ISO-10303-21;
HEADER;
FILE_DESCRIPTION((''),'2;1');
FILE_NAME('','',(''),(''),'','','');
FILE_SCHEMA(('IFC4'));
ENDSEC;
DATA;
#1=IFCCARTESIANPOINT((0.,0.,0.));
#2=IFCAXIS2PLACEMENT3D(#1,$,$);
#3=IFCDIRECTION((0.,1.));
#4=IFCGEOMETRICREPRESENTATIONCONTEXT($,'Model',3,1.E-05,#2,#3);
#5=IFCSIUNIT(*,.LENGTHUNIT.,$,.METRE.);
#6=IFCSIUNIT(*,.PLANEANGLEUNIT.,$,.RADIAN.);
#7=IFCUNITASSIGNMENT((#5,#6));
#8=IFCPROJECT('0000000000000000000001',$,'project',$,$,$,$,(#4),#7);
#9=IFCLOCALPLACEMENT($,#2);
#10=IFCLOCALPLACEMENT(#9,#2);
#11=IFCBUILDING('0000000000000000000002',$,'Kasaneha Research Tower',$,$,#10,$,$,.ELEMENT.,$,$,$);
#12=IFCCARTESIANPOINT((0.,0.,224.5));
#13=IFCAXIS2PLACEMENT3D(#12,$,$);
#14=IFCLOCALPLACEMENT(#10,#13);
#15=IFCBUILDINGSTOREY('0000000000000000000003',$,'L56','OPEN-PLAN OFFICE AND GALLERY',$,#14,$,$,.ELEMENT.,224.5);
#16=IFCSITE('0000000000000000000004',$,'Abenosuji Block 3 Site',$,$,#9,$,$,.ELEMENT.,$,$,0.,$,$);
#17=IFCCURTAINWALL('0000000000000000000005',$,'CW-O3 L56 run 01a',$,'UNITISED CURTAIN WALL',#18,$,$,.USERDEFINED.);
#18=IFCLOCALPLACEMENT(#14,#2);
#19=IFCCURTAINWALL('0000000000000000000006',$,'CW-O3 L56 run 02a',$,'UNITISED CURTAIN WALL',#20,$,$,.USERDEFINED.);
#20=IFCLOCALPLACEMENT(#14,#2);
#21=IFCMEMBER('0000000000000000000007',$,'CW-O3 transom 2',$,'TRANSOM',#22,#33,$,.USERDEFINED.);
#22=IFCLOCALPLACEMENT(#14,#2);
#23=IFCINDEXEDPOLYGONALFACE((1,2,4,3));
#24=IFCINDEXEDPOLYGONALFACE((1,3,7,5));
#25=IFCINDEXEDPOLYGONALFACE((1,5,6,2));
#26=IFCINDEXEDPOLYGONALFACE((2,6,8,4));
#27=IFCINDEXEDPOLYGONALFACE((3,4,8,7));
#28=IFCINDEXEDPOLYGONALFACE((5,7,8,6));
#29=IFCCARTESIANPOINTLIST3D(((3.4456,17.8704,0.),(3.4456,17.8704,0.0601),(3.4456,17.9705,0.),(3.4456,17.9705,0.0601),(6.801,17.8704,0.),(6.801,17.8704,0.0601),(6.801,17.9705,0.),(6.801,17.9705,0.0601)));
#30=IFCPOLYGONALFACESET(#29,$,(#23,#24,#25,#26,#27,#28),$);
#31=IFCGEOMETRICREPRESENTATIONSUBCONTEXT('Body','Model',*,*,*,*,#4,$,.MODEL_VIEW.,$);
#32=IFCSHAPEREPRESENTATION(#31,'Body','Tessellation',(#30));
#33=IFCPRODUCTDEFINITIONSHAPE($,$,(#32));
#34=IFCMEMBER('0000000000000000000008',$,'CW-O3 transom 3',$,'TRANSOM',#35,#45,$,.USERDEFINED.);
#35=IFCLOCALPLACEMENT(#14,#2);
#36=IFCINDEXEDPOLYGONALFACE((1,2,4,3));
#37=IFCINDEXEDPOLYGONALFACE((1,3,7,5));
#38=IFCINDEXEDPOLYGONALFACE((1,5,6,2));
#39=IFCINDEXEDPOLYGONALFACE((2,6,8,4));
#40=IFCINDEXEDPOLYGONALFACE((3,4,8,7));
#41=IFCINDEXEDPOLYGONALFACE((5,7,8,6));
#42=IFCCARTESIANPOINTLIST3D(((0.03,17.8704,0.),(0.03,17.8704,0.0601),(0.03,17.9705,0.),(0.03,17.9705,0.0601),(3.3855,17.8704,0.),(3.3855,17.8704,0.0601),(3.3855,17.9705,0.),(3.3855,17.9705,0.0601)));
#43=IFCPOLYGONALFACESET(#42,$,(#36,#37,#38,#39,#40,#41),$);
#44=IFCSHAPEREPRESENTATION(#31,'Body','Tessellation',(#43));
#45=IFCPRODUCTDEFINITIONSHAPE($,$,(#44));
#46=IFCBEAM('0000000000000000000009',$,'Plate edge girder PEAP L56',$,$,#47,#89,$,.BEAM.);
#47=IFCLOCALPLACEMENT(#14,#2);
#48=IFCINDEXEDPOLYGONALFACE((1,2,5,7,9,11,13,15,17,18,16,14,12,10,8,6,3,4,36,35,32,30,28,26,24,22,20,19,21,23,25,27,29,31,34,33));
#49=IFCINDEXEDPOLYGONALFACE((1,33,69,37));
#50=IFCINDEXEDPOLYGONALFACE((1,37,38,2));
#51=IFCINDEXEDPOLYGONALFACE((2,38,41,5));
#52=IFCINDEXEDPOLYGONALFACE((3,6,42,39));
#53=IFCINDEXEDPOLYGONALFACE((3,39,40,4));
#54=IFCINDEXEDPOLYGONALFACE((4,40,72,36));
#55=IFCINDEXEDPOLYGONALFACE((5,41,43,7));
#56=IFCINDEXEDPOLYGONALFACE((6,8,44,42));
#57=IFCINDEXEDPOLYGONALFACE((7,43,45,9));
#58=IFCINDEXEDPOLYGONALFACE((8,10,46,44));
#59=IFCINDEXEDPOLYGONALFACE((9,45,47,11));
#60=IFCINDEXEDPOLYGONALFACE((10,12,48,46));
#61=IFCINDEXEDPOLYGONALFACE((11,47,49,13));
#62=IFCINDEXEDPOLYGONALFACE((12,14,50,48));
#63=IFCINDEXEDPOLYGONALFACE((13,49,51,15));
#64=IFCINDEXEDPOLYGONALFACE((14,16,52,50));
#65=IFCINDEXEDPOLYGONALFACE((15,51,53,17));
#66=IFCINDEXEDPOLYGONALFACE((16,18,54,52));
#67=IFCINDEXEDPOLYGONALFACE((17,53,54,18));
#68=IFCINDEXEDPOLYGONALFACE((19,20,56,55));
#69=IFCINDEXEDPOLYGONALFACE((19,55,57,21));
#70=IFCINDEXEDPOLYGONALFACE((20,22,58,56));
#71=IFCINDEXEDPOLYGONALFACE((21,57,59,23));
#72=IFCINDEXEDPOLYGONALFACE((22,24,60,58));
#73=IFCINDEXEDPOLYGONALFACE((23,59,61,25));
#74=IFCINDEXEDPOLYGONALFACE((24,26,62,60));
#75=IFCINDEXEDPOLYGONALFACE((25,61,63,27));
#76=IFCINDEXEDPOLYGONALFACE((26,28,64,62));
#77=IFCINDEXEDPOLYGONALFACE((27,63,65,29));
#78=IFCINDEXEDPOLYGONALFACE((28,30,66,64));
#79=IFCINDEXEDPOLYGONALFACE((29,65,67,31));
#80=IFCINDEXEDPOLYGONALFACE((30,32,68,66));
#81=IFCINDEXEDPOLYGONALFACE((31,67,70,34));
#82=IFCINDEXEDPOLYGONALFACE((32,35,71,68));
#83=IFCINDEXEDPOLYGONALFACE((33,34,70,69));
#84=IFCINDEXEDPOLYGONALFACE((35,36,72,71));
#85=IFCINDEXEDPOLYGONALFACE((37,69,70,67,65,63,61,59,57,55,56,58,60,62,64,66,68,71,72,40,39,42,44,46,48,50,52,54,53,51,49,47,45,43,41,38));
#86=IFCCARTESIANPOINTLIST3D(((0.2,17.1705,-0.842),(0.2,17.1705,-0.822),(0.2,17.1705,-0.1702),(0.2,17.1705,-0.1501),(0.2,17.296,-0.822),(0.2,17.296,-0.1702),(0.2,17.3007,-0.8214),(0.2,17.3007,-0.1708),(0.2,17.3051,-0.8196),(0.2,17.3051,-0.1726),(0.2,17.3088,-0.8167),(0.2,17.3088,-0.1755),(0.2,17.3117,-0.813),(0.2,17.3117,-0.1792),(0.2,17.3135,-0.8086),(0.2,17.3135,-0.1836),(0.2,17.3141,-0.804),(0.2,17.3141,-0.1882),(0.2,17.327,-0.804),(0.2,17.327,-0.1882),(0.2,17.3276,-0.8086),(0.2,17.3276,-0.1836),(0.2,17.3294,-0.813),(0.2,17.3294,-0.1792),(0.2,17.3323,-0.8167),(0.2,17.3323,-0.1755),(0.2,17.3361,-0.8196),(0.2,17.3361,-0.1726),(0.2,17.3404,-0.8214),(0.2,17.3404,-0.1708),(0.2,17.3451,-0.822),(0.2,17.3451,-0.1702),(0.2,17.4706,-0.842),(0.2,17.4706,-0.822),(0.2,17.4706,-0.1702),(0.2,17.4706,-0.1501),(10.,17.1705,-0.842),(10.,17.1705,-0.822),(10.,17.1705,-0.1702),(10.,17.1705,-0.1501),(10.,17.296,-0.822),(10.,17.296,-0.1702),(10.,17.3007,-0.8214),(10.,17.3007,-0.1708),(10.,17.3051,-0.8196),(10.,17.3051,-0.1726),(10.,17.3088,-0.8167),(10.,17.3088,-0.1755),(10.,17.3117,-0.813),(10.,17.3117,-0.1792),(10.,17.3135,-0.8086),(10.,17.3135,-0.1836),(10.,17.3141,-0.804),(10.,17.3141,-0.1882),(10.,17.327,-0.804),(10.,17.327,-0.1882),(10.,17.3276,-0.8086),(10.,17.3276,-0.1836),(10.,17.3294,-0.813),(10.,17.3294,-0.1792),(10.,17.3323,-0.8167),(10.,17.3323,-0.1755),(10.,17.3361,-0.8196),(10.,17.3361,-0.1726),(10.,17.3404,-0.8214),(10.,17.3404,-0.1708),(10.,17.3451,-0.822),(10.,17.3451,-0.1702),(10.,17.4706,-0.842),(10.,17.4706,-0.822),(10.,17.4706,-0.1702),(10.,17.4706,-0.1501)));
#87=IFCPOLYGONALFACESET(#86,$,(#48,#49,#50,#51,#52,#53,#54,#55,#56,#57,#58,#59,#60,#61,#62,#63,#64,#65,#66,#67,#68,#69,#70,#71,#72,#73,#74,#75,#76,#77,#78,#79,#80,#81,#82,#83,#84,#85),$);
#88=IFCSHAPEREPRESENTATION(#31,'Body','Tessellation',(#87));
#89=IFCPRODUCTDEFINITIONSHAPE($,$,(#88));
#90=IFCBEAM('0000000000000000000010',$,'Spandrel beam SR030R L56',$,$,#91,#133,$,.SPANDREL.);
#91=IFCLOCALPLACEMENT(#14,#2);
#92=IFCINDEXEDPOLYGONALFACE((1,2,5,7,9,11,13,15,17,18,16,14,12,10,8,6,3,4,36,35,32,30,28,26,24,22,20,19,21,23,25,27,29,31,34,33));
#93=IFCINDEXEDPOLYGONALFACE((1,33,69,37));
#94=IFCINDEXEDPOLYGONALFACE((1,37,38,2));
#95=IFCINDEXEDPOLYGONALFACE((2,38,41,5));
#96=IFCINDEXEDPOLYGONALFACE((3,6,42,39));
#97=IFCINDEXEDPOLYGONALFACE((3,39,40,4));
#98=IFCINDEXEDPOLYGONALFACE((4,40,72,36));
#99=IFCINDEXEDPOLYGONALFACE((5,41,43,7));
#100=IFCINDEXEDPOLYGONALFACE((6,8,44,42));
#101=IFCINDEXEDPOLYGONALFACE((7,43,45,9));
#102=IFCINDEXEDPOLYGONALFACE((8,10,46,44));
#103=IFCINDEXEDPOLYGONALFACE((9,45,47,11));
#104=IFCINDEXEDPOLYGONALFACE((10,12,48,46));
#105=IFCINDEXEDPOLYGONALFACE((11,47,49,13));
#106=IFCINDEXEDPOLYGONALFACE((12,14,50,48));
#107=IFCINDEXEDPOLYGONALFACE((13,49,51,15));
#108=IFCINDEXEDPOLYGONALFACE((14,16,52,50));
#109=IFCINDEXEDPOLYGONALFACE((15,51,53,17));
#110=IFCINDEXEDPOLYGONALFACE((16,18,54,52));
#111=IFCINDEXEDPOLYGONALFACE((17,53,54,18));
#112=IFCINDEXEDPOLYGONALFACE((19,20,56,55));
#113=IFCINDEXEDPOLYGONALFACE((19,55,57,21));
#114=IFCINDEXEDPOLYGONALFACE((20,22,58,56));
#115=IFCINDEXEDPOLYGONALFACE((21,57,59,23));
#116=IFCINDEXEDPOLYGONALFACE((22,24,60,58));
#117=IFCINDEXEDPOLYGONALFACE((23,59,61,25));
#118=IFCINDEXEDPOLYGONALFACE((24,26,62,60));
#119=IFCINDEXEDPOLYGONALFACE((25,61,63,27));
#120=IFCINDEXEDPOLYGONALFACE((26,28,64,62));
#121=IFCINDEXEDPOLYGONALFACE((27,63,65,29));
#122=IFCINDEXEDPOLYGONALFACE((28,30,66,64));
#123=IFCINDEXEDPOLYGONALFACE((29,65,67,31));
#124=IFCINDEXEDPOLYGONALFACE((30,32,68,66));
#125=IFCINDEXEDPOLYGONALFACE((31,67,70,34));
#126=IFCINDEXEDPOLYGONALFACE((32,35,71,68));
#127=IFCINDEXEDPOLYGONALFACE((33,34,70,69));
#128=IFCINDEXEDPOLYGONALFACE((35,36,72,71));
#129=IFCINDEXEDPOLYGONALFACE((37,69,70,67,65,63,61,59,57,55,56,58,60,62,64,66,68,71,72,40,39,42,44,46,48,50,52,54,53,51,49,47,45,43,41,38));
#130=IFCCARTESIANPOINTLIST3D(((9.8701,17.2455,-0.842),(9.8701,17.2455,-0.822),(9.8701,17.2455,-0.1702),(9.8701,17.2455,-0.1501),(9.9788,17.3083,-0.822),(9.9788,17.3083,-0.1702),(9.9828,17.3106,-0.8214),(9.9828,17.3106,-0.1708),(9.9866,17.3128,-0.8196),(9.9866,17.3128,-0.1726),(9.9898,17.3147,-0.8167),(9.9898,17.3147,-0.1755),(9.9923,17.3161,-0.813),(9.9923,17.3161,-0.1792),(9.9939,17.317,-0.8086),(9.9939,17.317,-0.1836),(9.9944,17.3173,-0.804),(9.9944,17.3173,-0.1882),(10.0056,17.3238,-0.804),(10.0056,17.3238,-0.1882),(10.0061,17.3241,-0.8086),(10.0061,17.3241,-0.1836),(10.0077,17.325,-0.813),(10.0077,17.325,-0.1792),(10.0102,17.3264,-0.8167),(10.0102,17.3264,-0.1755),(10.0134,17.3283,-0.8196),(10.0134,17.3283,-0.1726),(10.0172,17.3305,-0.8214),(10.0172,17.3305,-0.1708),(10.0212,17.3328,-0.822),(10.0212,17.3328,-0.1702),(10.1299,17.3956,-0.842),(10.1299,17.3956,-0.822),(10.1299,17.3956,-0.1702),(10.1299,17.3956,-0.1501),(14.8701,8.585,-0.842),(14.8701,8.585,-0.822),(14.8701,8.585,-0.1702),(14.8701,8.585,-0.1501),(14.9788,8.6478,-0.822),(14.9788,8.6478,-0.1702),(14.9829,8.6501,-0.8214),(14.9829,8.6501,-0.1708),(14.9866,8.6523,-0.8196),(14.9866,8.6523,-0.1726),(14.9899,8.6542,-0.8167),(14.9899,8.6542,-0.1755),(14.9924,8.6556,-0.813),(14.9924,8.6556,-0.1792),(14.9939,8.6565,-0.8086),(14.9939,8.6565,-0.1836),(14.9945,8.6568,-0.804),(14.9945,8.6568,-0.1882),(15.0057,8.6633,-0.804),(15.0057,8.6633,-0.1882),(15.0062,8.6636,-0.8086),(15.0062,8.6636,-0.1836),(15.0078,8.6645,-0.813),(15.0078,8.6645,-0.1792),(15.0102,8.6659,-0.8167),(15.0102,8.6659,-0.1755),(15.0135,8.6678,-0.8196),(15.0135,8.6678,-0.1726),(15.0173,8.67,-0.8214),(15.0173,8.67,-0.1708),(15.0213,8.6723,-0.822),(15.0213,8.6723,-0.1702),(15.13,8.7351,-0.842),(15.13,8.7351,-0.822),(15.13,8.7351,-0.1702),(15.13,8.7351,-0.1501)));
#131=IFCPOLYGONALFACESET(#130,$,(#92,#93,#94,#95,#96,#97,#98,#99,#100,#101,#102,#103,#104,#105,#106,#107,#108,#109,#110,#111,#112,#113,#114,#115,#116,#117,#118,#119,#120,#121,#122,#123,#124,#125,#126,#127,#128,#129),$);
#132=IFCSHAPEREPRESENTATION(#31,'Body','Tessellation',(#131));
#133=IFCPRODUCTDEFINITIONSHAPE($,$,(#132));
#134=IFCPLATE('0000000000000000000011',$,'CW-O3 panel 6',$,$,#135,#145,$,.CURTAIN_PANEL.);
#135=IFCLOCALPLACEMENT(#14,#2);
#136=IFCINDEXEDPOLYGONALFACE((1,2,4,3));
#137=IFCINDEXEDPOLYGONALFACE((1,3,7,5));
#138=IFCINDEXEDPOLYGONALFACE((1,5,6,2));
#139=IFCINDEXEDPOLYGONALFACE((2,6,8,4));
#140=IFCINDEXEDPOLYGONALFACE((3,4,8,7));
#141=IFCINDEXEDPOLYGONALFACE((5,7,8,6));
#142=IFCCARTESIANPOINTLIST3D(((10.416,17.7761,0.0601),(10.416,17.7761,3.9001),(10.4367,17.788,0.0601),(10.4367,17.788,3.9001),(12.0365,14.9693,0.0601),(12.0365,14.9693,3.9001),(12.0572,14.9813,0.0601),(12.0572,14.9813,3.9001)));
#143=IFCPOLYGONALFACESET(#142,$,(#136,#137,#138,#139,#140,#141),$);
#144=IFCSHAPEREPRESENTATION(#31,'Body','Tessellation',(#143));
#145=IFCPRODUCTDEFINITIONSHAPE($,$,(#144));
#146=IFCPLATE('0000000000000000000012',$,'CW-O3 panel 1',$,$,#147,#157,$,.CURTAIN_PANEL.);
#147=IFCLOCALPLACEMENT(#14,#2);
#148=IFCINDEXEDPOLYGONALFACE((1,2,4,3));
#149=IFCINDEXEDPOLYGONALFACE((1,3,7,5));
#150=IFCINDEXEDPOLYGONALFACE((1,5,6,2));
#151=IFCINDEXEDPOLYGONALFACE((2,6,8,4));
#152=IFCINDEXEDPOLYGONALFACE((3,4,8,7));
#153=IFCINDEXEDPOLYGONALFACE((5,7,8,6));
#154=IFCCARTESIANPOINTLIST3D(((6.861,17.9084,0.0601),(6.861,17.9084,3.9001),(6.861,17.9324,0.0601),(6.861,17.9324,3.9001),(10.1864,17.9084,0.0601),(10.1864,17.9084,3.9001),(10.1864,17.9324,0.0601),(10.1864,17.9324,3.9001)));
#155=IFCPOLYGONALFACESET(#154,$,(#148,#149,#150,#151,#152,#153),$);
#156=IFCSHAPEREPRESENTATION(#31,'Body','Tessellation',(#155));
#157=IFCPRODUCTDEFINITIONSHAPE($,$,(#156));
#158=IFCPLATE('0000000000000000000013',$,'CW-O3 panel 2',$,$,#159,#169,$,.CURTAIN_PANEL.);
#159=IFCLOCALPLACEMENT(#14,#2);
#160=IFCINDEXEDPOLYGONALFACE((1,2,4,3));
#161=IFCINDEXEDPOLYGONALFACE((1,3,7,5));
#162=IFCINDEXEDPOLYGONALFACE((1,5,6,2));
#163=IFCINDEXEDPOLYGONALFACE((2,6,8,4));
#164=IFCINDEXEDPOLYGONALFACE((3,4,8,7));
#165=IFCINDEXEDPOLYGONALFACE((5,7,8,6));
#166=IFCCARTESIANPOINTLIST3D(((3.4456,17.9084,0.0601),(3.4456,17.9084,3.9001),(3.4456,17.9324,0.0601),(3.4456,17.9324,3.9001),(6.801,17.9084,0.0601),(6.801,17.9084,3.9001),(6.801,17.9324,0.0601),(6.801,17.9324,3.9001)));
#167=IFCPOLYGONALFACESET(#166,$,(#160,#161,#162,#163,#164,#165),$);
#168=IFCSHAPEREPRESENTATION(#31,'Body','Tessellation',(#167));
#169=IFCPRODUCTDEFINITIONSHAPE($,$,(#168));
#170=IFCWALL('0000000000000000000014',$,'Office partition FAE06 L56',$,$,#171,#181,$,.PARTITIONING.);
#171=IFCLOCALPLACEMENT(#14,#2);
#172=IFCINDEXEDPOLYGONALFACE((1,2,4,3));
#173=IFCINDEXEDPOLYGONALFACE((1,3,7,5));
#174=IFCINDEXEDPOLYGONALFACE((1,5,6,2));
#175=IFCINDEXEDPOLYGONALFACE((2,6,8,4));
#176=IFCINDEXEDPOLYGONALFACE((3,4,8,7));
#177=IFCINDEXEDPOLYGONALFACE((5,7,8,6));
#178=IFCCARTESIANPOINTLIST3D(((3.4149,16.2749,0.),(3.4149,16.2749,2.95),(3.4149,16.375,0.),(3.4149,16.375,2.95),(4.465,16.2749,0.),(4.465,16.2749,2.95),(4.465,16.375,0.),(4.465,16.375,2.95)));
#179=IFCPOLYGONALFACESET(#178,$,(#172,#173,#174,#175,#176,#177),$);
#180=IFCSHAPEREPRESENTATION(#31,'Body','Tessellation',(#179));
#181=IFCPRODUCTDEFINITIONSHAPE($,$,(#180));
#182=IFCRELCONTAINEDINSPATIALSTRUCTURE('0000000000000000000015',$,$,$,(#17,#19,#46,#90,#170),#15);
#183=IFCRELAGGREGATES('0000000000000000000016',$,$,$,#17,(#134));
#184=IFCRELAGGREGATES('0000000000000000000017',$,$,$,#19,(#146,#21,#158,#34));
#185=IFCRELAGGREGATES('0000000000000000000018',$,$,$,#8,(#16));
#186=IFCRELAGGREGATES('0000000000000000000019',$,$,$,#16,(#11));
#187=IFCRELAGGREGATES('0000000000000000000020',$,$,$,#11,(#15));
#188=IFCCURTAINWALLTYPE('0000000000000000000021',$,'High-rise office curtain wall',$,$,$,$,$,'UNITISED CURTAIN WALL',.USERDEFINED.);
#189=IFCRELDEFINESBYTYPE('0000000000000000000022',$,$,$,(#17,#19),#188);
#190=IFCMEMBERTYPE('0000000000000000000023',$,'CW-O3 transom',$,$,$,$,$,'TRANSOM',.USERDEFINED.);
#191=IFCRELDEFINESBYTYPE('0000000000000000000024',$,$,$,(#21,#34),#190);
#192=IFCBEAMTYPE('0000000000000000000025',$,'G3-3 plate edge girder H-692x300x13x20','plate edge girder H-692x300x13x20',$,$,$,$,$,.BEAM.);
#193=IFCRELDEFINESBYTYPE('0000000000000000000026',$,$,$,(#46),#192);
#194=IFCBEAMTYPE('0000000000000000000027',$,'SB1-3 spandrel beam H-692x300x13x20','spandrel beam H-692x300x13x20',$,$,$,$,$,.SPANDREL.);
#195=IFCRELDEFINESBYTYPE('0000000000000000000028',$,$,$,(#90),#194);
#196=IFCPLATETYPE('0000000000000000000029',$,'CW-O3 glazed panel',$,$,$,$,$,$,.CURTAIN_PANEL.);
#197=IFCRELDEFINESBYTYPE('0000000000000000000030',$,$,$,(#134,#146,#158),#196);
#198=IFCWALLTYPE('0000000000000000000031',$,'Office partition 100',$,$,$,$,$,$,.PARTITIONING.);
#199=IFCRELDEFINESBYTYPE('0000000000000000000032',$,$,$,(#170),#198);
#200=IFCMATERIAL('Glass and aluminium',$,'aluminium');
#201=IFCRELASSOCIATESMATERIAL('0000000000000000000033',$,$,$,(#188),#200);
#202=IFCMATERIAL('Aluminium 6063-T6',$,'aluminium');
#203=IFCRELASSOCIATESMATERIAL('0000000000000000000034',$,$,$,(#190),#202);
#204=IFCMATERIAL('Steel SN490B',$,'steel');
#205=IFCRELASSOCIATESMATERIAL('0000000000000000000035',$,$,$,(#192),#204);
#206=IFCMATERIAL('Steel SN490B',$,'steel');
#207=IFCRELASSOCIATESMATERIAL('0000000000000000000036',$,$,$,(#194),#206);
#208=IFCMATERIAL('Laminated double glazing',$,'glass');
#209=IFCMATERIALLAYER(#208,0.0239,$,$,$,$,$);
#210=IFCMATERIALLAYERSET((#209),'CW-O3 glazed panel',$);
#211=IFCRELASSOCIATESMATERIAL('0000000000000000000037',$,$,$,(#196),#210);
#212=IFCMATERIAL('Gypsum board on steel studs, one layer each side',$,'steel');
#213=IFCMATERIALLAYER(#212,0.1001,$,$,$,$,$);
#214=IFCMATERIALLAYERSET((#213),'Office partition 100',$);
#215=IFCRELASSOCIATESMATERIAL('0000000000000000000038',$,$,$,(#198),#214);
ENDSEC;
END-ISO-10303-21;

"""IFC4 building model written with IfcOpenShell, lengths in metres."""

from ifc_helpers import new_model, si_unit, direction, frame, frame_2d, origin, origin_2d, place, context, subcontext, project, spatial, rectangle, i_section, extrude, material, layer, layer_set, material_profile, profile_set, type_object, element, aggregate, save


model = new_model("IFC4")

# Units and contexts
model_context = context("Model", 3, precision=1e-05, world=origin(), true_north=direction((0.0, 1.0)))
body_context = subcontext(model_context, "Body", "Model", "MODEL_VIEW")
ifc_project = project(units=[si_unit("LENGTHUNIT", "METRE"), si_unit("PLANEANGLEUNIT", "RADIAN")], contexts=[model_context])

# Site, building, storey
site_placement = place(None, origin())
site = spatial("IfcSite", under=ifc_project, at=site_placement, Name="Abenosuji Block 3 Site", CompositionType="ELEMENT", RefElevation=0.0)
building_placement = place(site_placement, origin())
building = spatial("IfcBuilding", under=site, at=building_placement, Name="Kasaneha Research Tower", CompositionType="ELEMENT")
storey_placement = place(building_placement, frame((0.0, 0.0, 224.5)))
storey = spatial("IfcBuildingStorey", under=building, at=storey_placement, Name="L56", Description="OPEN-PLAN OFFICE AND GALLERY", CompositionType="ELEMENT", Elevation=224.5)

# Curtain wall
ifc_material_1 = material(Name="Glass and aluminium", Category="aluminium")
curtain_wall_type = type_object("IfcCurtainWallType", Name="High-rise office curtain wall", ElementType="UNITISED CURTAIN WALL", PredefinedType="USERDEFINED", material=ifc_material_1)
curtain_wall_1_placement = place(storey_placement, origin())
curtain_wall_1 = element("IfcCurtainWall", 1, at=curtain_wall_1_placement, inside=storey, type_object=curtain_wall_type, Name="CW-O3 L56 run 01a", ObjectType="UNITISED CURTAIN WALL", PredefinedType="USERDEFINED")

# Curtain wall, members
curtain_wall_2_placement = place(storey_placement, origin())
curtain_wall_2 = element("IfcCurtainWall", 2, at=curtain_wall_2_placement, inside=storey, type_object=curtain_wall_type, Name="CW-O3 L56 run 02a", ObjectType="UNITISED CURTAIN WALL", PredefinedType="USERDEFINED")
ifc_material_2 = material(Name="Aluminium 6063-T6", Category="aluminium")
ifc_material_profile_1 = material_profile(ifc_material_2, rectangle(XDim=0.1001, YDim=0.0601, at=origin_2d()), Name="CW-O3 transom 100x60")
ifc_profile_set_1 = profile_set([ifc_material_profile_1], Name="Aluminium 6063-T6")
member_type_1 = type_object("IfcMemberType", Name="CW-O3 transom", ElementType="TRANSOM", PredefinedType="USERDEFINED", material=ifc_profile_set_1)
member_1_placement = place(storey_placement, frame((6.801, 17.9204, 0.03), z_axis=(-1.0, 0.0, 0.0), x_axis=(0.0, -1.0, 0.0)))
member_1 = element("IfcMember", 3, at=member_1_placement, type_object=member_type_1, Name="CW-O3 transom 2", ObjectType="TRANSOM", PredefinedType="USERDEFINED", context=body_context, shape_type="SweptSolid", body=[
    extrude(rectangle(XDim=0.1001, YDim=0.0601, at=origin_2d()), origin(), (0.0, 0.0, 1.0), 3.3555),
])
member_2_placement = place(storey_placement, frame((3.3855, 17.9204, 0.03), z_axis=(-1.0, 0.0, 0.0), x_axis=(0.0, -1.0, 0.0)))
member_2 = element("IfcMember", 4, at=member_2_placement, type_object=member_type_1, Name="CW-O3 transom 3", ObjectType="TRANSOM", PredefinedType="USERDEFINED", context=body_context, shape_type="SweptSolid", body=[
    extrude(rectangle(XDim=0.1001, YDim=0.0601, at=origin_2d()), origin(), (0.0, 0.0, 1.0), 3.3555),
])

# Beams
ifc_material_3 = material(Name="Steel SN490B", Category="steel")
ifc_material_profile_2 = material_profile(ifc_material_3, i_section(OverallWidth=0.3, OverallDepth=0.6919, WebThickness=0.0129, FlangeThickness=0.02, FilletRadius=0.0181, at=origin_2d()), Name="H-692x300x13x20")
ifc_profile_set_2 = profile_set([ifc_material_profile_2], Name="Steel SN490B")
beam_type_1 = type_object("IfcBeamType", Name="G3-3 plate edge girder H-692x300x13x20", Description="plate edge girder H-692x300x13x20", PredefinedType="BEAM", material=ifc_profile_set_2)
beam_1_placement = place(storey_placement, frame((10.0, 17.3206, -0.4961), z_axis=(-1.0, 0.0, 0.0), x_axis=(0.0, -1.0, 0.0)))
element("IfcBeam", 5, at=beam_1_placement, inside=storey, type_object=beam_type_1, Name="Plate edge girder PEAP L56", PredefinedType="BEAM", context=body_context, shape_type="SweptSolid", body=[
    extrude(i_section(OverallWidth=0.3, OverallDepth=0.6919, WebThickness=0.0129, FlangeThickness=0.02, FilletRadius=0.0181, at=origin_2d()), origin(), (0.0, 0.0, 1.0), 9.8),
])
ifc_material_4 = material(Name="Steel SN490B", Category="steel")
ifc_material_profile_3 = material_profile(ifc_material_4, i_section(OverallWidth=0.3, OverallDepth=0.6919, WebThickness=0.0129, FlangeThickness=0.02, FilletRadius=0.0181, at=origin_2d()), Name="H-692x300x13x20")
ifc_profile_set_3 = profile_set([ifc_material_profile_3], Name="Steel SN490B")
beam_type_2 = type_object("IfcBeamType", Name="SB1-3 spandrel beam H-692x300x13x20", Description="spandrel beam H-692x300x13x20", PredefinedType="SPANDREL", material=ifc_profile_set_3)
beam_2_placement = place(storey_placement, frame((10.0, 17.3206, -0.4961), z_axis=(0.499994, -0.866029, 0.0), x_axis=(0.866029, 0.499994, 0.0)))
element("IfcBeam", 6, at=beam_2_placement, inside=storey, type_object=beam_type_2, Name="Spandrel beam SR030R L56", PredefinedType="SPANDREL", context=body_context, shape_type="SweptSolid", body=[
    extrude(i_section(OverallWidth=0.3, OverallDepth=0.6919, WebThickness=0.0129, FlangeThickness=0.02, FilletRadius=0.0181, at=origin_2d()), origin(), (0.0, 0.0, 1.0), 10.0002),
])

# Plates
ifc_material_5 = material(Name="Laminated double glazing", Category="glass")
ifc_layer_1 = layer(ifc_material_5, 0.0239)
ifc_layer_set_1 = layer_set([ifc_layer_1], Name="CW-O3 glazed panel")
plate_type = type_object("IfcPlateType", Name="CW-O3 glazed panel", PredefinedType="CURTAIN_PANEL", material=ifc_layer_set_1)
plate_1_placement = place(storey_placement, frame((11.2366, 16.3787, 0.0601), z_axis=(0.0, 0.0, 1.0), x_axis=(-0.5, 0.866025, 0.0)))
plate_1 = element("IfcPlate", 7, at=plate_1_placement, type_object=plate_type, Name="CW-O3 panel 6", PredefinedType="CURTAIN_PANEL", context=body_context, shape_type="SweptSolid", body=[
    extrude(rectangle(XDim=3.241, YDim=0.0239, at=origin_2d()), origin(), (0.0, 0.0, 1.0), 3.8401),
])
aggregate(curtain_wall_1, [plate_1])
plate_2_placement = place(storey_placement, frame((8.5237, 17.9204, 0.0601), z_axis=(0.0, 0.0, 1.0), x_axis=(-1.0, 0.0, 0.0)))
plate_2 = element("IfcPlate", 8, at=plate_2_placement, type_object=plate_type, Name="CW-O3 panel 1", PredefinedType="CURTAIN_PANEL", context=body_context, shape_type="SweptSolid", body=[
    extrude(rectangle(XDim=3.3254, YDim=0.0239, at=origin_2d()), origin(), (0.0, 0.0, 1.0), 3.8401),
])
plate_3_placement = place(storey_placement, frame((5.1233, 17.9204, 0.0601), z_axis=(0.0, 0.0, 1.0), x_axis=(-1.0, 0.0, 0.0)))
plate_3 = element("IfcPlate", 9, at=plate_3_placement, type_object=plate_type, Name="CW-O3 panel 2", PredefinedType="CURTAIN_PANEL", context=body_context, shape_type="SweptSolid", body=[
    extrude(rectangle(XDim=3.3555, YDim=0.0239, at=origin_2d()), origin(), (0.0, 0.0, 1.0), 3.8401),
])
aggregate(curtain_wall_2, [plate_2, member_1, plate_3, member_2])

# Wall
ifc_material_6 = material(Name="Gypsum board on steel studs, one layer each side", Category="steel")
ifc_layer_2 = layer(ifc_material_6, 0.1001)
ifc_layer_set_2 = layer_set([ifc_layer_2], Name="Office partition 100")
wall_type_1 = type_object("IfcWallType", Name="Office partition 100", PredefinedType="PARTITIONING", material=ifc_layer_set_2)
wall_1_placement = place(storey_placement, frame((3.415, 16.325, 0.0), z_axis=(0.0, 0.0, 1.0), x_axis=(1.0, 0.0, 0.0)))
element("IfcWall", 10, at=wall_1_placement, inside=storey, type_object=wall_type_1, Name="Office partition FAE06 L56", PredefinedType="PARTITIONING", context=body_context, shape_type="SweptSolid", body=[
    extrude(rectangle(XDim=1.05, YDim=0.1001, at=frame_2d((0.5249, 0.0))), origin(), (0.0, 0.0, 1.0), 2.95),
])

save(model, "model.ifc")
